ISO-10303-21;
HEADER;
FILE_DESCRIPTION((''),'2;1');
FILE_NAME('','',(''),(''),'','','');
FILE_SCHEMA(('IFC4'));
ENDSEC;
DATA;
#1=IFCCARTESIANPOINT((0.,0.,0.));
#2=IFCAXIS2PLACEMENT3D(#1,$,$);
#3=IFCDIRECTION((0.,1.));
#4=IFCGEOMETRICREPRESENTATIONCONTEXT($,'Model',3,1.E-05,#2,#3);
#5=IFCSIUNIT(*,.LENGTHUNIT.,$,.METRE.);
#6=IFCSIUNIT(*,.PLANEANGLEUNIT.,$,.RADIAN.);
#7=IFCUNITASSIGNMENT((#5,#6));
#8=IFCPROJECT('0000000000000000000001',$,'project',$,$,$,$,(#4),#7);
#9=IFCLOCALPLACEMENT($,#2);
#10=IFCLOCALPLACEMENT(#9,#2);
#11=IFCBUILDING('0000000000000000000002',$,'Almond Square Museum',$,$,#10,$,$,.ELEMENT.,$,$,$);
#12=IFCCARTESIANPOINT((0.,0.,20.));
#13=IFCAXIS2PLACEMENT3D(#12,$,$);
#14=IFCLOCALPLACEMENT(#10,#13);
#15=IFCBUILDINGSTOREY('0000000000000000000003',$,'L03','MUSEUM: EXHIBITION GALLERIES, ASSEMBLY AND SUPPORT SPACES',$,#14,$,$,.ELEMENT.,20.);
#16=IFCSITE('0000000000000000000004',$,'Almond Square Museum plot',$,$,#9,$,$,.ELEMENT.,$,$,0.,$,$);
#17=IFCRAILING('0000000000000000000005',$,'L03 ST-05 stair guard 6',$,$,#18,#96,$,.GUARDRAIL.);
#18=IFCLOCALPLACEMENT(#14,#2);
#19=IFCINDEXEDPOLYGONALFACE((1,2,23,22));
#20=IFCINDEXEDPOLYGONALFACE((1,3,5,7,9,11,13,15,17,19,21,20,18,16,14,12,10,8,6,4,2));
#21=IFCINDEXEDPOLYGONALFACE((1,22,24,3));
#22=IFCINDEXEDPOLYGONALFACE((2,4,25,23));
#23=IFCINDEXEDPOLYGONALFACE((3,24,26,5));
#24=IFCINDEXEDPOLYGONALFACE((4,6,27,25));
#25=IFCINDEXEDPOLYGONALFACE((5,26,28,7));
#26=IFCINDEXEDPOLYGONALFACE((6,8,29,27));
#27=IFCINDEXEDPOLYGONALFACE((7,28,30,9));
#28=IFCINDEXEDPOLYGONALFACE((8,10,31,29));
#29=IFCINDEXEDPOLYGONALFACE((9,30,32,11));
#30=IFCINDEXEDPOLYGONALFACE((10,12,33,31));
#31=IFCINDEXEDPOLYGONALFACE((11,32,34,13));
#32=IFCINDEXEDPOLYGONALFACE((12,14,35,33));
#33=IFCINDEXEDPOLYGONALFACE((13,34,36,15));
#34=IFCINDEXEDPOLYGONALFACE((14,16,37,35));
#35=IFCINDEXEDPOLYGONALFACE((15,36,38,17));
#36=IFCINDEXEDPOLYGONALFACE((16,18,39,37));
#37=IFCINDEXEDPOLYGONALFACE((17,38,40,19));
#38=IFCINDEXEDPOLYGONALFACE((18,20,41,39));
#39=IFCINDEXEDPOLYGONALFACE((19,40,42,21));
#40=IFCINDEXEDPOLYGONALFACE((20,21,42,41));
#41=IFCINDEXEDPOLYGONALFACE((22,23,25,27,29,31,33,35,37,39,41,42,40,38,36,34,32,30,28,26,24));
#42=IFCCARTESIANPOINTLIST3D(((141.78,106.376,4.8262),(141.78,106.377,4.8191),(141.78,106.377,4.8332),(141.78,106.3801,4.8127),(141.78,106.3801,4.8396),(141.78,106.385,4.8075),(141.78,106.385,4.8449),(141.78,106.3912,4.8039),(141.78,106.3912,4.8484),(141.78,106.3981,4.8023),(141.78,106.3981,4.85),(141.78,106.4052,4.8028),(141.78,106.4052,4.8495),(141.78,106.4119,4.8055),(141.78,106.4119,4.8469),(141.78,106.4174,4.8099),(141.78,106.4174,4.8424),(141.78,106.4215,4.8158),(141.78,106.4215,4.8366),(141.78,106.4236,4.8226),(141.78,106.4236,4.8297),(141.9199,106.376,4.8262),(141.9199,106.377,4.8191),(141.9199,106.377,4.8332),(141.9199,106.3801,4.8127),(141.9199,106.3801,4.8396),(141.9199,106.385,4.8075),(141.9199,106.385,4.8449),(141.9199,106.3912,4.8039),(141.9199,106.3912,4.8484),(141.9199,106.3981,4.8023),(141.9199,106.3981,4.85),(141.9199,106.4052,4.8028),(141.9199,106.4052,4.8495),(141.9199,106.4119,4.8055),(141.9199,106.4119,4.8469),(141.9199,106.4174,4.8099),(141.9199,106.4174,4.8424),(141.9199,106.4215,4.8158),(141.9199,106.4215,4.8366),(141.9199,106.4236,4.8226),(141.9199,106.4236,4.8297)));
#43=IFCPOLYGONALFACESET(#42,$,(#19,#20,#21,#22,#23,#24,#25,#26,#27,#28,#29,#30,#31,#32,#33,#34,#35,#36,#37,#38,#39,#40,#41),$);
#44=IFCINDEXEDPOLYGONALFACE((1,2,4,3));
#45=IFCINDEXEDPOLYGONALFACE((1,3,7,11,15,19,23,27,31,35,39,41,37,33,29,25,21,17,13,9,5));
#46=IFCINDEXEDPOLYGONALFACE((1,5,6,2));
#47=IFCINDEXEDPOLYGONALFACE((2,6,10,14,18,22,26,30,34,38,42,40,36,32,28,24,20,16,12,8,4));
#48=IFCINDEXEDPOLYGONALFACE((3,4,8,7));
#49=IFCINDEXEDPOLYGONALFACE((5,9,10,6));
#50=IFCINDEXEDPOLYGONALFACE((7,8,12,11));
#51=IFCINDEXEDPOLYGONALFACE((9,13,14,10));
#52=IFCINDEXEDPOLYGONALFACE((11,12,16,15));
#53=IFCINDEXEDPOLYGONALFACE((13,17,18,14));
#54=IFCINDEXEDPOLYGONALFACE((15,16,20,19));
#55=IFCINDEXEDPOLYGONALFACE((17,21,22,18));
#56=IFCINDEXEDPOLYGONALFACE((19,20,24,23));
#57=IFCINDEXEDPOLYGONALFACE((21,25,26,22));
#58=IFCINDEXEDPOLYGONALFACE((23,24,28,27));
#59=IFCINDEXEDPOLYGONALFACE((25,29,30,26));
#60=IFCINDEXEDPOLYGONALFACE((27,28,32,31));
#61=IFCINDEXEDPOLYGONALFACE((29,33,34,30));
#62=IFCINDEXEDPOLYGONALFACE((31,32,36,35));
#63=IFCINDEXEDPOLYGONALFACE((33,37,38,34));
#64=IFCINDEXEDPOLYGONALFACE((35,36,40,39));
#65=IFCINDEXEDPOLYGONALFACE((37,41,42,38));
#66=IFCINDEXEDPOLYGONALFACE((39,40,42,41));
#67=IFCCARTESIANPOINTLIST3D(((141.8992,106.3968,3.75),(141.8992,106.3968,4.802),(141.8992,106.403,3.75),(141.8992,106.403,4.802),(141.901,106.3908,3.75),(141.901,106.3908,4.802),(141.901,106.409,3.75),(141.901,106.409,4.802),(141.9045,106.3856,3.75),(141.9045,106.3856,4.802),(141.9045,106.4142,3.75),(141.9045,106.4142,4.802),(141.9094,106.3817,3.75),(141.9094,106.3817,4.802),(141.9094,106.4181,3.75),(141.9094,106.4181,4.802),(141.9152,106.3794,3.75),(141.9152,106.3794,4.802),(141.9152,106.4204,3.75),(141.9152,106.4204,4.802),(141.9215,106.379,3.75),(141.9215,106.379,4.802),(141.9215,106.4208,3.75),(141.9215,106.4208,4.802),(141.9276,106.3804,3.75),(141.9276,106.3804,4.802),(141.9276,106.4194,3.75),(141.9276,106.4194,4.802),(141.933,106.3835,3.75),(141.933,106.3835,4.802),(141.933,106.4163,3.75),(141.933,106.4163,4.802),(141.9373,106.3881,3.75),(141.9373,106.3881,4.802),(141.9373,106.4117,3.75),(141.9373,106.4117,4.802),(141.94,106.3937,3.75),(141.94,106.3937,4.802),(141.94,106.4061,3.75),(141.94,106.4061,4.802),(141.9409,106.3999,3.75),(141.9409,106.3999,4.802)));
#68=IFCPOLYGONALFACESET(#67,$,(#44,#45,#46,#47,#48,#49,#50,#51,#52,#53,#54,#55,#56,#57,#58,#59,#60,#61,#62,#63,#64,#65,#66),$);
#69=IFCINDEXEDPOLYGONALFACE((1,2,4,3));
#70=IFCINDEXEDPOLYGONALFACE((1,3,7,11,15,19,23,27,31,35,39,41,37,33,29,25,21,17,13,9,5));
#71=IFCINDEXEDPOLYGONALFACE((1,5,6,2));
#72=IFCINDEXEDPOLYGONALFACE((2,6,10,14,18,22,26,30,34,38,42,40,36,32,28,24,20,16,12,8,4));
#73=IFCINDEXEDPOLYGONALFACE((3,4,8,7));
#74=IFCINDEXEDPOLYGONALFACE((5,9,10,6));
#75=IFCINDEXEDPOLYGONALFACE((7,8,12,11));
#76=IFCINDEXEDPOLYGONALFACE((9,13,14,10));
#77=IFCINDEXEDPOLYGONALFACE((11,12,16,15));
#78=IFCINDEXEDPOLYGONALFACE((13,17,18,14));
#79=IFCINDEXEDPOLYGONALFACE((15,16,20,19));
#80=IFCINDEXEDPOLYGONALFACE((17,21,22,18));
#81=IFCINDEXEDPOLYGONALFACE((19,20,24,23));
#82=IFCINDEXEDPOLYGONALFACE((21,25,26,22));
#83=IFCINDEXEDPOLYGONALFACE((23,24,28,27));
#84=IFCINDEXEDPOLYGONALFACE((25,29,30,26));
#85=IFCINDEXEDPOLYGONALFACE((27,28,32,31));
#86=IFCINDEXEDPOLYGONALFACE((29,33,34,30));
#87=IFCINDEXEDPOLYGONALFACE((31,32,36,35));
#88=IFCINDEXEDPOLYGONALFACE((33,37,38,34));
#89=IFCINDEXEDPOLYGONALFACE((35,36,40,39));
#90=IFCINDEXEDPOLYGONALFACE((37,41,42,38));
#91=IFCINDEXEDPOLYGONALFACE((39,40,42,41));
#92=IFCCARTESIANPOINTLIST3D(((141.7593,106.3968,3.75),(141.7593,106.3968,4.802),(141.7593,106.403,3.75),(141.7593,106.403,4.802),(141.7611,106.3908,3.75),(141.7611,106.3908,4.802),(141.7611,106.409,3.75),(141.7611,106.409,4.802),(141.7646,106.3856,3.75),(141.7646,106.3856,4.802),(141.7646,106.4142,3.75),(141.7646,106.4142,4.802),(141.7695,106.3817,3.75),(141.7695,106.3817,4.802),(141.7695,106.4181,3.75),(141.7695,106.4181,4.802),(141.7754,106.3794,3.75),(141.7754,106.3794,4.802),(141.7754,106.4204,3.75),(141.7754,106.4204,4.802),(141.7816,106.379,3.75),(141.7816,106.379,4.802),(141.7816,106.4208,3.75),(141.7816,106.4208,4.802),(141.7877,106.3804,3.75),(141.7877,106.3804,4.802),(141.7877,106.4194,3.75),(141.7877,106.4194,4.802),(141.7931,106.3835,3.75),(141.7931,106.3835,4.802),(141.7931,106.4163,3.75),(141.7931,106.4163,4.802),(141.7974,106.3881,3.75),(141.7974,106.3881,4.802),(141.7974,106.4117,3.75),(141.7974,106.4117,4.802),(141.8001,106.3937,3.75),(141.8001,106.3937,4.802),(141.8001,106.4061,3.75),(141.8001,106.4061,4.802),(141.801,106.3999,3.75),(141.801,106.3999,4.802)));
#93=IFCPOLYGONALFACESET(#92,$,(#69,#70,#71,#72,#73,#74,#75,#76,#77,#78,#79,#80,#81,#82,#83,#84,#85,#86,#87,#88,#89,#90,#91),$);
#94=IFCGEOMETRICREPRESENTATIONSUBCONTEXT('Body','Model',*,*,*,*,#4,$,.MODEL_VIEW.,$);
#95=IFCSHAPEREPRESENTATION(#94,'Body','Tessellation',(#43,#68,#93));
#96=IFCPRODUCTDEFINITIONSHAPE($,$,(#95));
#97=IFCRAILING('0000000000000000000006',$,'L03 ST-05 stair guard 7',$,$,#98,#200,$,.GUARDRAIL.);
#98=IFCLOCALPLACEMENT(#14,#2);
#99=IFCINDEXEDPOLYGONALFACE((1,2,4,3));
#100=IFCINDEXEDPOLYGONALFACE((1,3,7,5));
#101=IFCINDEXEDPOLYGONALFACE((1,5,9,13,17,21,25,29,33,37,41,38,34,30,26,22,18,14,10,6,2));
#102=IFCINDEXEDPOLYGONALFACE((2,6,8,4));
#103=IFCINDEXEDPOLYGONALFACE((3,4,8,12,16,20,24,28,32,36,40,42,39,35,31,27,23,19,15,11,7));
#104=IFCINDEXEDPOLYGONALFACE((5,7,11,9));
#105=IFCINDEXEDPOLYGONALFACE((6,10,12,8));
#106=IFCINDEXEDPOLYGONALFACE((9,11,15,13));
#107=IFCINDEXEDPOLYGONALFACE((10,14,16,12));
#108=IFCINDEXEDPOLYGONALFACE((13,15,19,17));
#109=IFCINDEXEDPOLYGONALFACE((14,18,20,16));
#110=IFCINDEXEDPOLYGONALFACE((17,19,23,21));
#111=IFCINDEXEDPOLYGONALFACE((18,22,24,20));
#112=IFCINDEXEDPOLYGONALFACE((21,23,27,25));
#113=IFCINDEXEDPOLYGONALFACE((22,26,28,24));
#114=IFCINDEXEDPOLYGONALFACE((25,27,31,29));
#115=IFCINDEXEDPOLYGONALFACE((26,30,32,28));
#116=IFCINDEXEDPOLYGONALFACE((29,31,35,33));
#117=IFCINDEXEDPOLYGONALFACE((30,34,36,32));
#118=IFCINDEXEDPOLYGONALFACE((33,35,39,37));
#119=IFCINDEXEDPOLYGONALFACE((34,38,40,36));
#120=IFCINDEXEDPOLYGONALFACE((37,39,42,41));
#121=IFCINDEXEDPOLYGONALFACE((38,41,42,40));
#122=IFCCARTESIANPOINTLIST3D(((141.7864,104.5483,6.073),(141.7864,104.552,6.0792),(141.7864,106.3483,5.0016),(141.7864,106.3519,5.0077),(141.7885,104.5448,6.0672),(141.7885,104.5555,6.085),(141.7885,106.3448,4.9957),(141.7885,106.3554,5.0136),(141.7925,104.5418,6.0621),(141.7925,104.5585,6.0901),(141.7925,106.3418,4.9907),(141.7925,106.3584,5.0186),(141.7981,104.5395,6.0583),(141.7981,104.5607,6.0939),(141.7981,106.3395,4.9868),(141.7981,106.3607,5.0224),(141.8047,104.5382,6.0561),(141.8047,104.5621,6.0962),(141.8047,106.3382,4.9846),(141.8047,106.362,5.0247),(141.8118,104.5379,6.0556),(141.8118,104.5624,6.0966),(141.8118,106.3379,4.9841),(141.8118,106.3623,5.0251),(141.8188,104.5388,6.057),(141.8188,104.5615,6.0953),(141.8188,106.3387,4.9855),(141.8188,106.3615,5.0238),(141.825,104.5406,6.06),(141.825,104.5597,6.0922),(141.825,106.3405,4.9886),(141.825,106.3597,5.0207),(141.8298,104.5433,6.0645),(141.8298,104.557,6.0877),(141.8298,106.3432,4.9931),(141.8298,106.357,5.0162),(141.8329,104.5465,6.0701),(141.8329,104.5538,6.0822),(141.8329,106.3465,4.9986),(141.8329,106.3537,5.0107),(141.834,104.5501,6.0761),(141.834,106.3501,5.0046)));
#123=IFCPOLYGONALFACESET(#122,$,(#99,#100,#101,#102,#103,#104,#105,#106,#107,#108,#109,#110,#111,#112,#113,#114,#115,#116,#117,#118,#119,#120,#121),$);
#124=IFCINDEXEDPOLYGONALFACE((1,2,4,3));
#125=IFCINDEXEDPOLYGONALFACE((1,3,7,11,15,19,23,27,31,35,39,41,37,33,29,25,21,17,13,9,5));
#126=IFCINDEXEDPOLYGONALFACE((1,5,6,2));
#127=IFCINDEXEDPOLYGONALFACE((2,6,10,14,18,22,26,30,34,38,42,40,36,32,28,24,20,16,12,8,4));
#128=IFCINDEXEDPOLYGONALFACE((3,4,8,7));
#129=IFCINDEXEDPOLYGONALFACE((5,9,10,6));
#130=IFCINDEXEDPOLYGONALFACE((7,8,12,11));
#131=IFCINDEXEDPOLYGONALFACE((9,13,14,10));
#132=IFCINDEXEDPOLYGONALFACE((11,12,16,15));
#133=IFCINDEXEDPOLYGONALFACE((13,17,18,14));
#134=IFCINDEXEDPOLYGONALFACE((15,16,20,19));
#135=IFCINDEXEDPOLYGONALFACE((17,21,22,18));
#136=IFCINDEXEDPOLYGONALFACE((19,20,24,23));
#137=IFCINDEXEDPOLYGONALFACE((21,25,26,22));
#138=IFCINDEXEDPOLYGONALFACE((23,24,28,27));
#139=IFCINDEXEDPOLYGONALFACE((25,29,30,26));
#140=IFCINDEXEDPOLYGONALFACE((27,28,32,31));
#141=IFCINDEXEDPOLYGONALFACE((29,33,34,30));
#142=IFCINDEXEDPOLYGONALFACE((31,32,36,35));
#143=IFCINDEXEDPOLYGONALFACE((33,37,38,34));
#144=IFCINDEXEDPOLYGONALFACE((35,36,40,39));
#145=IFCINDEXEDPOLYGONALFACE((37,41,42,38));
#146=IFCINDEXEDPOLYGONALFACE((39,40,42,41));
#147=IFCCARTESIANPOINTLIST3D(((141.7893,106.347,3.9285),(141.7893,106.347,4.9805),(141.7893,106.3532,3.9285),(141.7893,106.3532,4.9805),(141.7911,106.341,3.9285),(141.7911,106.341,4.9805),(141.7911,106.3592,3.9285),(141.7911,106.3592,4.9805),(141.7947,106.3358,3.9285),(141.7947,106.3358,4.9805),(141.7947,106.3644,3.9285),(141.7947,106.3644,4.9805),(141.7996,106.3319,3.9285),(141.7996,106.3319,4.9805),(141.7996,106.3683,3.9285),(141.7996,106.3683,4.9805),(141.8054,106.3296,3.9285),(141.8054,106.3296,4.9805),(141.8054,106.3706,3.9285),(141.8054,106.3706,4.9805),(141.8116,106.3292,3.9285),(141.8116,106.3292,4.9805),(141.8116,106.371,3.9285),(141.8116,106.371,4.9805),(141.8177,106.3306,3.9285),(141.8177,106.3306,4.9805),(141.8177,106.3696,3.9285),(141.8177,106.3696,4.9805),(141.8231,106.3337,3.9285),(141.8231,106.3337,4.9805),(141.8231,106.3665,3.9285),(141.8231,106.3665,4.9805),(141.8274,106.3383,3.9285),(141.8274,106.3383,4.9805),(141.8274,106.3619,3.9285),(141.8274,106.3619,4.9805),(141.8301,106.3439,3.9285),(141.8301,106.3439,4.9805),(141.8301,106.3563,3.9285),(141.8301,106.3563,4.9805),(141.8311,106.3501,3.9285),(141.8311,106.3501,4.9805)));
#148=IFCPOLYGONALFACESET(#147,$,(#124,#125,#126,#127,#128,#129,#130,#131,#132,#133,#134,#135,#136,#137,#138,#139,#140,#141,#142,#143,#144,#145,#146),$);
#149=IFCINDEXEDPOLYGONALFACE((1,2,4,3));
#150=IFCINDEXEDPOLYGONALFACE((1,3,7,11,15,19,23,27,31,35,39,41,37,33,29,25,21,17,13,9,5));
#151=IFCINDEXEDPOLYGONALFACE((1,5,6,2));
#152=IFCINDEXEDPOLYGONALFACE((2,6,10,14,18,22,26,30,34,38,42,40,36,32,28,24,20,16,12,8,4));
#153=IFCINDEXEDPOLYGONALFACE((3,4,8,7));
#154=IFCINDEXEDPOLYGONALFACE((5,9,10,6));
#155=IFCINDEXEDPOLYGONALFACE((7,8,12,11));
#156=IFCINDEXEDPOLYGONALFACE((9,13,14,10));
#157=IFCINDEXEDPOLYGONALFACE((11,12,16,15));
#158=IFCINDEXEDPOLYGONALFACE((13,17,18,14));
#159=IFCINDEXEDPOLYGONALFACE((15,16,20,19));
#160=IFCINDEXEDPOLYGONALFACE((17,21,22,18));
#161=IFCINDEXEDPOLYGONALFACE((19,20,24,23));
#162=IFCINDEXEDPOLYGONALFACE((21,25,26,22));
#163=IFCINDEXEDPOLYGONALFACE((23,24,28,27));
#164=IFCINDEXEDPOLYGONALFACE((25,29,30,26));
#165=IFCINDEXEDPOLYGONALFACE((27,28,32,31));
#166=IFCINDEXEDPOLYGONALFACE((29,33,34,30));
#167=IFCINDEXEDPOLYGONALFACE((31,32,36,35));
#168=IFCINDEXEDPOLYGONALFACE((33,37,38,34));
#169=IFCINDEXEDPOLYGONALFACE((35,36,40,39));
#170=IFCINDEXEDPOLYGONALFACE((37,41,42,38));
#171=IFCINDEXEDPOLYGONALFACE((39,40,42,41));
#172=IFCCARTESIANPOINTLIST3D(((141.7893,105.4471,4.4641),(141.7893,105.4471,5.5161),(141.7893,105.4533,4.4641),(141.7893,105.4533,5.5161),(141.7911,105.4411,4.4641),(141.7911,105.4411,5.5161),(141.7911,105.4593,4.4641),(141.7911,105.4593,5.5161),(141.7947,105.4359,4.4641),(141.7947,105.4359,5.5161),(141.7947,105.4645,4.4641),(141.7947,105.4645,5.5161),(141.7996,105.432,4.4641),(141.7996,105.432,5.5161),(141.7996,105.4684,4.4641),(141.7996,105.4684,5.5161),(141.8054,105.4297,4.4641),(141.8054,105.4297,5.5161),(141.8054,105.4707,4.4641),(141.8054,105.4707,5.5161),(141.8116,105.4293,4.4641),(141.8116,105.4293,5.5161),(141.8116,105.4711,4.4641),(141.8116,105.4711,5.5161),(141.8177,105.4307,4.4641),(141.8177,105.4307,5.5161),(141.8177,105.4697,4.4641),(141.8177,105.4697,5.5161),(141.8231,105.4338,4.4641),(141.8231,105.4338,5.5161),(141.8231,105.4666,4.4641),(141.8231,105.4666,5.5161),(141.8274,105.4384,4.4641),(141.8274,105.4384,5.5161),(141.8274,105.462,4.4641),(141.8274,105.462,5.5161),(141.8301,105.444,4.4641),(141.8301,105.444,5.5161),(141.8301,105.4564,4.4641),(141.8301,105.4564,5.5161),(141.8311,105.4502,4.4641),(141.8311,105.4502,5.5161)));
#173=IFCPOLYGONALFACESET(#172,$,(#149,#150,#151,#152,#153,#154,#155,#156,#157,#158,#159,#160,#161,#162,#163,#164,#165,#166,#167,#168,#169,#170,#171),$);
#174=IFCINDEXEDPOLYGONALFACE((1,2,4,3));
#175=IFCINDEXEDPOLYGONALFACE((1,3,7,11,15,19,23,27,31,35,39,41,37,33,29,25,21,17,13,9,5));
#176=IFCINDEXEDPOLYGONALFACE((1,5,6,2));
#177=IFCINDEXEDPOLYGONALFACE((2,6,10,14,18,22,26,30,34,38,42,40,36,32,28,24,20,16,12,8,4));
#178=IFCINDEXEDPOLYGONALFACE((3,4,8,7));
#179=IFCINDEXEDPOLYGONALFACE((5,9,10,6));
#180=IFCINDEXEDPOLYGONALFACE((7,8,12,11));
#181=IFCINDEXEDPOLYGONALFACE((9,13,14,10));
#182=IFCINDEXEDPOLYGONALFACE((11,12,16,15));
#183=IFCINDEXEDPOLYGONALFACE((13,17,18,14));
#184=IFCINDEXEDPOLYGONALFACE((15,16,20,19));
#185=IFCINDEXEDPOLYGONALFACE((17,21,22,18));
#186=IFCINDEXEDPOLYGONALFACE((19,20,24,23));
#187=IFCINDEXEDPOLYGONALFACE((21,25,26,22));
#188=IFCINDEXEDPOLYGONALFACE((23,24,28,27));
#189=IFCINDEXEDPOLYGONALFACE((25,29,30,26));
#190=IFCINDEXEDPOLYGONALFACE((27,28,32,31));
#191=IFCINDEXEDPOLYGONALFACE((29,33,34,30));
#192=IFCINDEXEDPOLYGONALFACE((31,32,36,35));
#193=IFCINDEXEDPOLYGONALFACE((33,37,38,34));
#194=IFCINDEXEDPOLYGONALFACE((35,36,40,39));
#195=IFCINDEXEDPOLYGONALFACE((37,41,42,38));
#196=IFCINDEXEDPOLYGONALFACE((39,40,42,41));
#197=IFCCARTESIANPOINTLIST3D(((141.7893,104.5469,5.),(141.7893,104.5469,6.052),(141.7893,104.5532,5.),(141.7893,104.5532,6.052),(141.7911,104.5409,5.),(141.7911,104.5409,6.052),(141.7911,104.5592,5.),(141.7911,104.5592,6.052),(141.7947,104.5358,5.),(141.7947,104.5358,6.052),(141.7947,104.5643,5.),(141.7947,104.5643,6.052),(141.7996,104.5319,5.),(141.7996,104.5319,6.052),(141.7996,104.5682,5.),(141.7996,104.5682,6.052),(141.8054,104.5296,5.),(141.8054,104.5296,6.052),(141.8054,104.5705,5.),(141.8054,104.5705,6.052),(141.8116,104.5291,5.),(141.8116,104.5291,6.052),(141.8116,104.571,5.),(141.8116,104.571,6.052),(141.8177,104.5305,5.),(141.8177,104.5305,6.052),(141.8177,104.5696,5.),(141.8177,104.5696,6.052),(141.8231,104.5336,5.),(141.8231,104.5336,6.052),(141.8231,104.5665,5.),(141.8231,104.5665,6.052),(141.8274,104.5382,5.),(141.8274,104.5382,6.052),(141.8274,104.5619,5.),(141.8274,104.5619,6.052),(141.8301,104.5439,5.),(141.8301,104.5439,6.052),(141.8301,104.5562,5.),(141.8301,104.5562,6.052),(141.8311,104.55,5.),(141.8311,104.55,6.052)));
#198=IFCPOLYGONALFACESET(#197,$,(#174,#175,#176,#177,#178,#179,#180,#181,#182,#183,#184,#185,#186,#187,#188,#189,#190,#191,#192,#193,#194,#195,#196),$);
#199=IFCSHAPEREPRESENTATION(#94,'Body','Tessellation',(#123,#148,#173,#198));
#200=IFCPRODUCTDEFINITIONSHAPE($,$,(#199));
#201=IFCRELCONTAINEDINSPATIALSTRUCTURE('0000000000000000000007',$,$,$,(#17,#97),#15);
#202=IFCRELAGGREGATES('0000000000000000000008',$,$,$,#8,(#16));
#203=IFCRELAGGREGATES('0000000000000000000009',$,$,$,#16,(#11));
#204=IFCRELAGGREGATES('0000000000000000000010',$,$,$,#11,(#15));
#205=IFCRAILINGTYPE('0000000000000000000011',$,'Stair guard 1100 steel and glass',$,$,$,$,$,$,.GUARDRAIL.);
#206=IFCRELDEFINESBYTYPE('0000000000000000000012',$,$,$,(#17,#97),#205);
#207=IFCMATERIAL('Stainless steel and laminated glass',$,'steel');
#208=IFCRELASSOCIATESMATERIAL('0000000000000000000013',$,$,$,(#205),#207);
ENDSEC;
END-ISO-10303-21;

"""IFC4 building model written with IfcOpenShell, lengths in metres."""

from ifc_helpers import new_model, si_unit, direction, frame, origin, origin_2d, place, context, subcontext, project, spatial, circle, extrude, material, type_object, element, save


model = new_model("IFC4")

# Units and contexts
model_context = context("Model", 3, precision=1e-05, world=origin(), true_north=direction((0.0, 1.0)))
body_context = subcontext(model_context, "Body", "Model", "MODEL_VIEW")
ifc_project = project(units=[si_unit("LENGTHUNIT", "METRE"), si_unit("PLANEANGLEUNIT", "RADIAN")], contexts=[model_context])

# Site, building, storey
site_placement = place(None, origin())
site = spatial("IfcSite", under=ifc_project, at=site_placement, Name="Almond Square Museum plot", CompositionType="ELEMENT", RefElevation=0.0)
building_placement = place(site_placement, origin())
building = spatial("IfcBuilding", under=site, at=building_placement, Name="Almond Square Museum", CompositionType="ELEMENT")
storey_placement = place(building_placement, frame((0.0, 0.0, 20.0)))
storey = spatial("IfcBuildingStorey", under=building, at=storey_placement, Name="L03", Description="MUSEUM: EXHIBITION GALLERIES, ASSEMBLY AND SUPPORT SPACES", CompositionType="ELEMENT", Elevation=20.0)

# Railings
ifc_material_1 = material(Name="Stainless steel and laminated glass", Category="steel")
railing_type_1 = type_object("IfcRailingType", Name="Stair guard 1100 steel and glass", PredefinedType="GUARDRAIL", material=ifc_material_1)
railing_1_placement = place(storey_placement, frame((141.9199, 106.3999, 3.75)))
element("IfcRailing", 1, at=railing_1_placement, inside=storey, type_object=railing_type_1, Name="L03 ST-05 stair guard 6", PredefinedType="GUARDRAIL", context=body_context, shape_type="SweptSolid", body=[
    extrude(circle(Radius=0.0239, at=origin_2d()), frame((0.0, 0.0, 1.0762), z_axis=(-1.0, 0.0, 0.0), x_axis=(0.0, -1.0, 0.0)), (0.0, 0.0, 1.0), 0.1399),
    extrude(circle(Radius=0.021, at=origin_2d()), origin(), (0.0, 0.0, 1.0), 1.052),
    extrude(circle(Radius=0.021, at=origin_2d()), frame((-0.1399, 0.0, 0.0)), (0.0, 0.0, 1.0), 1.052),
])
railing_2_placement = place(storey_placement, frame((141.8101, 106.3501, 3.9285)))
element("IfcRailing", 2, at=railing_2_placement, inside=storey, type_object=railing_type_1, Name="L03 ST-05 stair guard 7", PredefinedType="GUARDRAIL", context=body_context, shape_type="SweptSolid", body=[
    extrude(circle(Radius=0.0239, at=origin_2d()), frame((0.0, 0.0, 1.0762), z_axis=(0.0, -0.859277, 0.51151), x_axis=(1.0, 0.0, 0.0)), (0.0, 0.0, 1.0), 2.0947),
    extrude(circle(Radius=0.021, at=origin_2d()), origin(), (0.0, 0.0, 1.0), 1.052),
    extrude(circle(Radius=0.021, at=origin_2d()), frame((0.0, -0.8999, 0.5356)), (0.0, 0.0, 1.0), 1.052),
    extrude(circle(Radius=0.021, at=origin_2d()), frame((0.0, -1.8, 1.0715)), (0.0, 0.0, 1.0), 1.052),
])

save(model, "model.ifc")
